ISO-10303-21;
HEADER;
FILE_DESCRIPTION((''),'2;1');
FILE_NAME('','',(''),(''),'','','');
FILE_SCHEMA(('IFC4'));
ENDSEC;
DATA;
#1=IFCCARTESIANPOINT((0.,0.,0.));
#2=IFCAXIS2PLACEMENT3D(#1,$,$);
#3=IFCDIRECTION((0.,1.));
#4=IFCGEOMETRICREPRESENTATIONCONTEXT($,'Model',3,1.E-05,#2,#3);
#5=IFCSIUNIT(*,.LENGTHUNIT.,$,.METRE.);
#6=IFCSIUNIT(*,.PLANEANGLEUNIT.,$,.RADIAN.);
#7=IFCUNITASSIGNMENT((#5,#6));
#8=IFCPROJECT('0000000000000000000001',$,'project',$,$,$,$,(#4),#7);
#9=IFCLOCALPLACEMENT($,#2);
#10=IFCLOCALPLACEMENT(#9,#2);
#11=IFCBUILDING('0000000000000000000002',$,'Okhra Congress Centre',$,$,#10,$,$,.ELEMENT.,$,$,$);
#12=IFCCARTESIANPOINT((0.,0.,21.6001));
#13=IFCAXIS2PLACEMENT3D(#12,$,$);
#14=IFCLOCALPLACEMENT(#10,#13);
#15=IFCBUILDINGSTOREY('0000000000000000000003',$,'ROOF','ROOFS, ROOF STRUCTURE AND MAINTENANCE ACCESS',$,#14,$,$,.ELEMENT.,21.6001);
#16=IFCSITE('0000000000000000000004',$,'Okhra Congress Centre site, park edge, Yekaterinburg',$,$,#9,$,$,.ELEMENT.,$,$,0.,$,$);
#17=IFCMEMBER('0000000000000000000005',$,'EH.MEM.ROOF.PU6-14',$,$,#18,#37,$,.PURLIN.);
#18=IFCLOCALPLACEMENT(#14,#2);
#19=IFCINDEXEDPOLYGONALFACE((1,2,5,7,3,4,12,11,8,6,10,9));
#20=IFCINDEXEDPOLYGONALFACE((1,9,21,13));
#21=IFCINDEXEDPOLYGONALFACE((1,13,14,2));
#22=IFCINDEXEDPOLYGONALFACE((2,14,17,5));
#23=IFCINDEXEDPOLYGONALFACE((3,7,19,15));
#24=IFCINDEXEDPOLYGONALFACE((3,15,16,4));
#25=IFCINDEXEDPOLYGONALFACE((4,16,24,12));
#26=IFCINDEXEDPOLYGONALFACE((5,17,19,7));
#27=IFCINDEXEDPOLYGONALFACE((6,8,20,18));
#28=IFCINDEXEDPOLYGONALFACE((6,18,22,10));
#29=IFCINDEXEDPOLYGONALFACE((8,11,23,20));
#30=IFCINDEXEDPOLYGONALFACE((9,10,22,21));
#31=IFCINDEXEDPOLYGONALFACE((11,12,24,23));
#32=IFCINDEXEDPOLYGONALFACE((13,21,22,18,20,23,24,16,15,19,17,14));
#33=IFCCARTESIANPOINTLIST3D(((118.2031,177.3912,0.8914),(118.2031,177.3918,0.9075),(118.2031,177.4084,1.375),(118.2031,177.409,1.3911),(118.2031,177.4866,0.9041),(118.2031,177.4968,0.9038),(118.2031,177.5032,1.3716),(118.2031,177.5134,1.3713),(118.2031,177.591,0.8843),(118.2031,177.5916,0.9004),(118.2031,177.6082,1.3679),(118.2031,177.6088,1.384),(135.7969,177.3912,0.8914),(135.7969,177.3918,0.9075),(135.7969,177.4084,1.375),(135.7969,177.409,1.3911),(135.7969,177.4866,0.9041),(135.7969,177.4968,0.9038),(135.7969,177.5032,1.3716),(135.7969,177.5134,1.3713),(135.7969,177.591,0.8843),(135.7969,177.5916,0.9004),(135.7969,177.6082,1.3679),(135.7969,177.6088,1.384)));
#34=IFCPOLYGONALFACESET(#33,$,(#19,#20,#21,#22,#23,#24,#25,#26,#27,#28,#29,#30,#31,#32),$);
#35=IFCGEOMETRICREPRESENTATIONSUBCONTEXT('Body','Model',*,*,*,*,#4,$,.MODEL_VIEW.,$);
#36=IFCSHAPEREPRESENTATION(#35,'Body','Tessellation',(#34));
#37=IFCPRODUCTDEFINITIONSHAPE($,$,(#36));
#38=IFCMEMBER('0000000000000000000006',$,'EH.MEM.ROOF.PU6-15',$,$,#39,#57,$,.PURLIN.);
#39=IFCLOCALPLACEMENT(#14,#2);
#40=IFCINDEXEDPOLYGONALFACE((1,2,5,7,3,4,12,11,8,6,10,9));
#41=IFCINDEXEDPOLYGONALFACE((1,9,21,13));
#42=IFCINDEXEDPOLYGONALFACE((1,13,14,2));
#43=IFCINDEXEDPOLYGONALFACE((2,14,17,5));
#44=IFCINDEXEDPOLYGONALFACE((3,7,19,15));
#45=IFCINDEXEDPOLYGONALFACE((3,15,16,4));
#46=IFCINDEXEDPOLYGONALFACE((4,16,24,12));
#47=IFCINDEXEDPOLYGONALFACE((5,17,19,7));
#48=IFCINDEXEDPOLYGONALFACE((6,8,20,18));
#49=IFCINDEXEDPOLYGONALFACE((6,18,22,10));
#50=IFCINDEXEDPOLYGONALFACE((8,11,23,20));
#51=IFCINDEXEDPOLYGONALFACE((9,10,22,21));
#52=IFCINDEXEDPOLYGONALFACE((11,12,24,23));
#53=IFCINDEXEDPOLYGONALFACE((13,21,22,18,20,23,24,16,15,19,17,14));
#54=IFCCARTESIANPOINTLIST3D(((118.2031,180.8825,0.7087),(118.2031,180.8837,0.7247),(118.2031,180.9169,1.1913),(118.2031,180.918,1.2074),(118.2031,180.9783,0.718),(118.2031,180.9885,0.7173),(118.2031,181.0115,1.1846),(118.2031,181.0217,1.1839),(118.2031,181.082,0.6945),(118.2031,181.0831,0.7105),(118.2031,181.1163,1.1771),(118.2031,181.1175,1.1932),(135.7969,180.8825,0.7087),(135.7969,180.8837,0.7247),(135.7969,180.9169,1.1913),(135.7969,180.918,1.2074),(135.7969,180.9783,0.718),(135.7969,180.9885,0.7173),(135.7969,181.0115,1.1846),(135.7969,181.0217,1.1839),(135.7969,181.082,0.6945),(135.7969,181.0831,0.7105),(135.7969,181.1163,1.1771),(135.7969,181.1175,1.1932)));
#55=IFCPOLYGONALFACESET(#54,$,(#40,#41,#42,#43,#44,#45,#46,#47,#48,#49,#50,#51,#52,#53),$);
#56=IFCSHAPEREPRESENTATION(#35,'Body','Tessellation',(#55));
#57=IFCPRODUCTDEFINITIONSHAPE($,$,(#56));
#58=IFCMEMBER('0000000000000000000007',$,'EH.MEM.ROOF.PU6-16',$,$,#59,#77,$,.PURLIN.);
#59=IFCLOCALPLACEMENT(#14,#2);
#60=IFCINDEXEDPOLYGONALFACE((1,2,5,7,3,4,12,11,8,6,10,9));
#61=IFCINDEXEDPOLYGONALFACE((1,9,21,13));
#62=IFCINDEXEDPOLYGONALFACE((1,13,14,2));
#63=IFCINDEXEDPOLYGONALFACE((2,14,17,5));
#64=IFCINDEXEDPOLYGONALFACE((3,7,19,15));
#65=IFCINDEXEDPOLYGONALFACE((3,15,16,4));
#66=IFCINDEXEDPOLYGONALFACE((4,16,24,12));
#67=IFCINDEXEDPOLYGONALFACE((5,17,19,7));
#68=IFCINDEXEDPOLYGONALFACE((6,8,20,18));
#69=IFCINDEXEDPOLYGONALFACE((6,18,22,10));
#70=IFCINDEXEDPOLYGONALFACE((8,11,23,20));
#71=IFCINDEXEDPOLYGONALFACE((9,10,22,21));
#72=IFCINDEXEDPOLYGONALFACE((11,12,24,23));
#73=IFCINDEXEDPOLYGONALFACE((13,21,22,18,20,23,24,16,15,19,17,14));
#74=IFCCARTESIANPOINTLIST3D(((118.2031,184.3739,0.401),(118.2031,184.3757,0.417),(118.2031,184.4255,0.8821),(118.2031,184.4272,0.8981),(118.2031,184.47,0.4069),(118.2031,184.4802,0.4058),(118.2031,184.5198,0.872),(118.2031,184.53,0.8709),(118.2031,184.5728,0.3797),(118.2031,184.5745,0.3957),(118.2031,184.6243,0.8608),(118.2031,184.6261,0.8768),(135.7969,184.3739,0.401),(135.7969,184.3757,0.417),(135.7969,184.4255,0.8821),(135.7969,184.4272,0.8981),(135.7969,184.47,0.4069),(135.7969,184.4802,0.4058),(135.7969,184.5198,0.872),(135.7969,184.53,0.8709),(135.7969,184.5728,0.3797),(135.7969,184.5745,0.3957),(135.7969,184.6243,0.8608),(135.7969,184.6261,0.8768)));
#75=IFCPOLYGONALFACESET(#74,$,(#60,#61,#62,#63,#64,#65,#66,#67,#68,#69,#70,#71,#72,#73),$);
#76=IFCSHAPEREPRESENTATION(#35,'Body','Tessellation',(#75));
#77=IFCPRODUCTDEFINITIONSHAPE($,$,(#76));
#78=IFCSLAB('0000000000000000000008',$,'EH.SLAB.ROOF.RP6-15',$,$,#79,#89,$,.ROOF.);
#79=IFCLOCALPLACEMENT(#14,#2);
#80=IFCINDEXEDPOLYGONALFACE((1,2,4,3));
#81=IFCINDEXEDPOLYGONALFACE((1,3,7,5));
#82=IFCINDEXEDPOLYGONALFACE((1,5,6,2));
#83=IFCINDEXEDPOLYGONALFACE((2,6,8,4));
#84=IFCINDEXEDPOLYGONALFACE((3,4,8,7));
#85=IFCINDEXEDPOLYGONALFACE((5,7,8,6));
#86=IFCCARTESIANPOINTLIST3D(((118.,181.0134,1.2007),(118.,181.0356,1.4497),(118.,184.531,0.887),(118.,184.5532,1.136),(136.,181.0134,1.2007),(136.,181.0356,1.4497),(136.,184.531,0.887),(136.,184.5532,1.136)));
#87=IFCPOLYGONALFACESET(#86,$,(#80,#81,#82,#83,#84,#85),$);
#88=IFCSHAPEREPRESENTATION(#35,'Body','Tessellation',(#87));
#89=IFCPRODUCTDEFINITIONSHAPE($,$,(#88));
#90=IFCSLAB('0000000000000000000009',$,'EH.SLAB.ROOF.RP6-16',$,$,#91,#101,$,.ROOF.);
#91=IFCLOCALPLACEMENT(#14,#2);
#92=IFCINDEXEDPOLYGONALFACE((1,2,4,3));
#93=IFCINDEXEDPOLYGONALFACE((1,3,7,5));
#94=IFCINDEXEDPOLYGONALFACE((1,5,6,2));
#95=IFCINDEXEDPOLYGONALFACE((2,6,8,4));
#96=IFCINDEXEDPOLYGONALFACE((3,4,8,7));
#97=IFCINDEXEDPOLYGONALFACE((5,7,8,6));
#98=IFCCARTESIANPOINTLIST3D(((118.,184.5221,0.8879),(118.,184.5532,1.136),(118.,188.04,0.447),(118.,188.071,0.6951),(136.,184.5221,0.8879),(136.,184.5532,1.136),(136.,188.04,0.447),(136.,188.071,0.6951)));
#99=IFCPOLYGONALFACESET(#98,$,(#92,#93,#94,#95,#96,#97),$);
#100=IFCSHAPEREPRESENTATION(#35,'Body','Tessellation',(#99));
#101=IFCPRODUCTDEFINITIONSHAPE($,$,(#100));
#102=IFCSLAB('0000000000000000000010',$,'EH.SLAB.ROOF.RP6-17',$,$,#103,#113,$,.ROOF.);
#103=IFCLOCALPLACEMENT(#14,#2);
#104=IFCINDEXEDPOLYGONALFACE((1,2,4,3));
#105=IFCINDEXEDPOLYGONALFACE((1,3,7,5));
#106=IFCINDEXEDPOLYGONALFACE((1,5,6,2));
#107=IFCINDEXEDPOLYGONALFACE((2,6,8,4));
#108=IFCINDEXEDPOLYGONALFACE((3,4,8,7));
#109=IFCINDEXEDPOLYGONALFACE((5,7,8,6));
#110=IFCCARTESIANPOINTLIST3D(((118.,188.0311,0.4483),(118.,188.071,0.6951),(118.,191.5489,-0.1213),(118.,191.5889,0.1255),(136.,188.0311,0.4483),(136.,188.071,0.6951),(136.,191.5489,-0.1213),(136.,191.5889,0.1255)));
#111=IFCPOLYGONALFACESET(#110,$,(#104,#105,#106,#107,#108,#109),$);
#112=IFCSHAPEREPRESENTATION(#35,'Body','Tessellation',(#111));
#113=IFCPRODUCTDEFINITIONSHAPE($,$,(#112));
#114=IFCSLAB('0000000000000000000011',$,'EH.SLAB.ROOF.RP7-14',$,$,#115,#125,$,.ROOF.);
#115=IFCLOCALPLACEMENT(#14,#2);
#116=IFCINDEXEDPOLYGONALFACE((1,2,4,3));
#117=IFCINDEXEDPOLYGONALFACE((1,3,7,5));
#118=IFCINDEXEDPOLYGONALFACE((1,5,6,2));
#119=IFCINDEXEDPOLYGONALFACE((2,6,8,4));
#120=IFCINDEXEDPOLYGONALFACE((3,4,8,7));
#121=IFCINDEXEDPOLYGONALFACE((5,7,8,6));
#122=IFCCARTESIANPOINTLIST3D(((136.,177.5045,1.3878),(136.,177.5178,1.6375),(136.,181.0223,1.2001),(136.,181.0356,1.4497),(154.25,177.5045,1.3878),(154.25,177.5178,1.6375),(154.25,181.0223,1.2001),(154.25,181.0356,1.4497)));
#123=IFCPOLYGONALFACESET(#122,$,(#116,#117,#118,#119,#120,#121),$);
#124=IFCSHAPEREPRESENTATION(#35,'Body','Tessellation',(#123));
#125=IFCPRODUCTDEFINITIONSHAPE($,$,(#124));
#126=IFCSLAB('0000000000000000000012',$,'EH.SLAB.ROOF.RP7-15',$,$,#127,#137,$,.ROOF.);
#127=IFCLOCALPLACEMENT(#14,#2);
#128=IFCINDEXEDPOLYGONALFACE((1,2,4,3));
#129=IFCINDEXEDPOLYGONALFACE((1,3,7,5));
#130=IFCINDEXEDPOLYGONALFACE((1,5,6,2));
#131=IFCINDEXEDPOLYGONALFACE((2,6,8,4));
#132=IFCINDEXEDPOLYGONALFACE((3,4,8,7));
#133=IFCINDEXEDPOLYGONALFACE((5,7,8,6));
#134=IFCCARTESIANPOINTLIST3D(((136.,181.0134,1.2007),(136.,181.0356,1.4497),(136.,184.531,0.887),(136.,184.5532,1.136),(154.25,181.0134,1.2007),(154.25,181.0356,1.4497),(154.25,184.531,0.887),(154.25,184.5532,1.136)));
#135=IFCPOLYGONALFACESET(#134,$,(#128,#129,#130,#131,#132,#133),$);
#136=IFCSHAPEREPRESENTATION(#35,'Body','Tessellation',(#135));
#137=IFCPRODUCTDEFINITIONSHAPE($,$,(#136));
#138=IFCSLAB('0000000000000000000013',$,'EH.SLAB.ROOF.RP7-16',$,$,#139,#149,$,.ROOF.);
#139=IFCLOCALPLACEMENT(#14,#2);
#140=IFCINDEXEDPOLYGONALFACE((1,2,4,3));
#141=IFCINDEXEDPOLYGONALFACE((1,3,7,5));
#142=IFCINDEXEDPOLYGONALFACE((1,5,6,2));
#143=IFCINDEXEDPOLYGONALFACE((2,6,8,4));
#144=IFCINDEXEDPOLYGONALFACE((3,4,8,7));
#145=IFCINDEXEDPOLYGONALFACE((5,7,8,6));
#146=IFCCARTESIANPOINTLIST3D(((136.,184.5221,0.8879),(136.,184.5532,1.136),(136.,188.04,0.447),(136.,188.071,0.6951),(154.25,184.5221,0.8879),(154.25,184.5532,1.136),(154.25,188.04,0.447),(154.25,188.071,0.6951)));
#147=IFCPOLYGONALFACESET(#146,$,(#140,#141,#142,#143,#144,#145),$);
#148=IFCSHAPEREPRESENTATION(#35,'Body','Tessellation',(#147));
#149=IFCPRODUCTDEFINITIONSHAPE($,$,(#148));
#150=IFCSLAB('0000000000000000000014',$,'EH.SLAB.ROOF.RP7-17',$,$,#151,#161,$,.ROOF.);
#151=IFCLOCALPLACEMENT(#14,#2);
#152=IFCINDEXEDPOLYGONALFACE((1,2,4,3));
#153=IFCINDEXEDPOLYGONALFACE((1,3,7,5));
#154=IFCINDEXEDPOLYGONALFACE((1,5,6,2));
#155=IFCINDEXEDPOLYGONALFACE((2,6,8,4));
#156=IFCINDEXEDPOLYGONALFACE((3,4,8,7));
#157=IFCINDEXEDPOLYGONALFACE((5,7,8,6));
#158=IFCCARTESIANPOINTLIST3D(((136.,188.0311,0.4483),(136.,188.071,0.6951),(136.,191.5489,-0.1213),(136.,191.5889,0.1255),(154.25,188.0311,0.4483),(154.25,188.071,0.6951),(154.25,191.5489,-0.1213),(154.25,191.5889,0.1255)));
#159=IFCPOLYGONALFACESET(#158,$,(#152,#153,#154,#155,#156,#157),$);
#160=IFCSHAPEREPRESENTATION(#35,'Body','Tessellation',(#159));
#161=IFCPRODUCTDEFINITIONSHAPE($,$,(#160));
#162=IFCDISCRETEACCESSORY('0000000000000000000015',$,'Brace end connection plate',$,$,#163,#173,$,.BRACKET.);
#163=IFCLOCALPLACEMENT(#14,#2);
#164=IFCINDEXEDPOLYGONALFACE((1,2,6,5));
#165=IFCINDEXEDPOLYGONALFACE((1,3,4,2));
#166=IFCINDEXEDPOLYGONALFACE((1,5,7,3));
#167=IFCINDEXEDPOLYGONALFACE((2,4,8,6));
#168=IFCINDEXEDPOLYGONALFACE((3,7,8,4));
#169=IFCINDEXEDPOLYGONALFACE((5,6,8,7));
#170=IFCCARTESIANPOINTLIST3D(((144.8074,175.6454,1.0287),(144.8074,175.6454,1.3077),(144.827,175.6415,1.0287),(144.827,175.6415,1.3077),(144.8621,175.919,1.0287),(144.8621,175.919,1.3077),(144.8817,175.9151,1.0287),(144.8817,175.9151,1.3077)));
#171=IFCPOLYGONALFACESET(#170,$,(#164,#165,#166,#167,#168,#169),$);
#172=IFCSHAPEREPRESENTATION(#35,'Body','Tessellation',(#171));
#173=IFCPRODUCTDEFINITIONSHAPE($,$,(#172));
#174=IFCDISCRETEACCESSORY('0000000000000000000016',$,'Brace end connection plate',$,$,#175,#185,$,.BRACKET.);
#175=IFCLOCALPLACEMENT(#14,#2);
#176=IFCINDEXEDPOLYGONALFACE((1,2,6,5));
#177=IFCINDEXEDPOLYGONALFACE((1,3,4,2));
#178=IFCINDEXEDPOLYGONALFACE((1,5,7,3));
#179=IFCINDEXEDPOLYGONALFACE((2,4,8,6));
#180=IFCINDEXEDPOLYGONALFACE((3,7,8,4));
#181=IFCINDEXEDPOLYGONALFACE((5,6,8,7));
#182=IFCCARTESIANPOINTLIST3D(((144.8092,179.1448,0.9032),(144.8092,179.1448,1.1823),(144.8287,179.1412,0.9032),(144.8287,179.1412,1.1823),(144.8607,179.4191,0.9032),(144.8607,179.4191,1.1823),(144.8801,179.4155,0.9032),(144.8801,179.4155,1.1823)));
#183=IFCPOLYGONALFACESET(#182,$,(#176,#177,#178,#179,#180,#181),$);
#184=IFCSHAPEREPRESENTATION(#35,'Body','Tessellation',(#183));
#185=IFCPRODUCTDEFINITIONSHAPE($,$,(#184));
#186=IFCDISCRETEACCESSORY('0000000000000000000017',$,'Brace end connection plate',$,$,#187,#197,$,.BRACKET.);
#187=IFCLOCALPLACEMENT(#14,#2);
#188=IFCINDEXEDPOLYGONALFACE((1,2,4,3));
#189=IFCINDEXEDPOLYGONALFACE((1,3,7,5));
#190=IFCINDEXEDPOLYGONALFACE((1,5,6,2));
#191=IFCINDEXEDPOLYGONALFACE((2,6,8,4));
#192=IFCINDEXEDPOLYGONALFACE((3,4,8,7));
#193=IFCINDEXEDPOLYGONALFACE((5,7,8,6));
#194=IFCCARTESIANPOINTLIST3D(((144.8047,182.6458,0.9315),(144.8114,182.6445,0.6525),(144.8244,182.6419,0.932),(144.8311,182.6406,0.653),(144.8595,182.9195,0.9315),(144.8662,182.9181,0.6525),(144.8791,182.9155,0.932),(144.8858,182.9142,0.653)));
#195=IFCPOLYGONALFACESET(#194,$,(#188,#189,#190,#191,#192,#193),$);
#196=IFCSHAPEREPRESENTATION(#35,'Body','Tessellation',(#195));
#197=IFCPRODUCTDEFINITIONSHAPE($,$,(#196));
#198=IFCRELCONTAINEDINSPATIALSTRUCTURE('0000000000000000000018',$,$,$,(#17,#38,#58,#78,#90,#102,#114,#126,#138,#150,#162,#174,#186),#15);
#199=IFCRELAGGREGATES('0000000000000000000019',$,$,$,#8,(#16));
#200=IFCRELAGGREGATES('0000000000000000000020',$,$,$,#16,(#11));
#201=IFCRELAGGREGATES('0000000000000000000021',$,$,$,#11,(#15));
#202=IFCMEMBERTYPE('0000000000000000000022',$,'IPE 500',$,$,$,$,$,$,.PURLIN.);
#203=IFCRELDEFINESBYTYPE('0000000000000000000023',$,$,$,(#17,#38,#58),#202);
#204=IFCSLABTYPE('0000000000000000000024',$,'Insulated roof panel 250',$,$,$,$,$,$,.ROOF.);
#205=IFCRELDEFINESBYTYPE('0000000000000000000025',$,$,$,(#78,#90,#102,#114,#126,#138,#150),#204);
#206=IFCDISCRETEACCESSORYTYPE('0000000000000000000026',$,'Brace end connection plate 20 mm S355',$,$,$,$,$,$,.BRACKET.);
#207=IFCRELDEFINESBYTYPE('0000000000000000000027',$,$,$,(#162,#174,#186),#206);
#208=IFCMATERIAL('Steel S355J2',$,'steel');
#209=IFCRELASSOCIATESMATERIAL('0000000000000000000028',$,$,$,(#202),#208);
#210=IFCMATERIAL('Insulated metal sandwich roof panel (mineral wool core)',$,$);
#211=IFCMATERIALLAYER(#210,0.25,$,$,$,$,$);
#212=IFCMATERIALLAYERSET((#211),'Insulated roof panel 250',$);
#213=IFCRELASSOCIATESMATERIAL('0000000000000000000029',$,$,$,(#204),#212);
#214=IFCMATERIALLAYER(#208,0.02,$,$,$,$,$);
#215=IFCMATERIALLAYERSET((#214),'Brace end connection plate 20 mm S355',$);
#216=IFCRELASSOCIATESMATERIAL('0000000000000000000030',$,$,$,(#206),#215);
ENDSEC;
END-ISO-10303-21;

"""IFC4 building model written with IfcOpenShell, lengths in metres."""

from ifc_helpers import new_model, si_unit, direction, frame, origin, origin_2d, place, context, subcontext, project, spatial, polyline, rectangle, i_section, outline, extrude, material, layer, layer_set, material_profile, profile_set, type_object, element, save


model = new_model("IFC4")

# Units and contexts
model_context = context("Model", 3, precision=1e-05, world=origin(), true_north=direction((0.0, 1.0)))
body_context = subcontext(model_context, "Body", "Model", "MODEL_VIEW")
ifc_project = project(units=[si_unit("LENGTHUNIT", "METRE"), si_unit("PLANEANGLEUNIT", "RADIAN")], contexts=[model_context])

# Site, building, storey
site_placement = place(None, origin())
site = spatial("IfcSite", under=ifc_project, at=site_placement, Name="Okhra Congress Centre site, park edge, Yekaterinburg", CompositionType="ELEMENT", RefElevation=0.0)
building_placement = place(site_placement, origin())
building = spatial("IfcBuilding", under=site, at=building_placement, Name="Okhra Congress Centre", CompositionType="ELEMENT")
storey_placement = place(building_placement, frame((0.0, 0.0, 21.6001)))
storey = spatial("IfcBuildingStorey", under=building, at=storey_placement, Name="ROOF", Description="ROOFS, ROOF STRUCTURE AND MAINTENANCE ACCESS", CompositionType="ELEMENT", Elevation=21.6001)

# Members
ifc_material_1 = material(Name="Steel S355J2", Category="steel")
ifc_material_profile_1 = material_profile(ifc_material_1, i_section(OverallWidth=0.2, OverallDepth=0.5, WebThickness=0.0103, FlangeThickness=0.0161, at=origin_2d()), Name="IPE 500")
ifc_profile_set_1 = profile_set([ifc_material_profile_1], Name="Steel S355J2")
member_type_1 = type_object("IfcMemberType", Name="IPE 500", PredefinedType="PURLIN", material=ifc_profile_set_1)
for number, where, z_axis, x_axis, name in (
    (1, (118.2031, 177.5, 1.1377), (1.0, 0.0, 0.0), (0.0, 0.999368, -0.035533), "EH.MEM.ROOF.PU6-14"),
    (2, (118.2031, 181.0, 0.9509), (1.0, 0.0, 0.0), (0.0, 0.997472, -0.071067), "EH.MEM.ROOF.PU6-15"),
    (3, (118.2031, 184.5, 0.6389), (1.0, 0.0, 0.0), (0.0, 0.994302, -0.106601), "EH.MEM.ROOF.PU6-16"),
):
    element("IfcMember", number, at=place(storey_placement, frame(where, z_axis=z_axis, x_axis=x_axis)), inside=storey, type_object=member_type_1, Name=name, PredefinedType="PURLIN", context=body_context, shape_type="SweptSolid", body=[
        extrude(i_section(OverallWidth=0.2, OverallDepth=0.5, WebThickness=0.0103, FlangeThickness=0.0161, at=origin_2d()), origin(), (0.0, 0.0, 1.0), 17.5938),
    ])

# Slabs
ifc_material_2 = material(Name="Insulated metal sandwich roof panel (mineral wool core)")
ifc_layer_1 = layer(ifc_material_2, 0.25)
ifc_layer_set_1 = layer_set([ifc_layer_1], Name="Insulated roof panel 250")
slab_type = type_object("IfcSlabType", Name="Insulated roof panel 250", PredefinedType="ROOF", material=ifc_layer_set_1)
slab_1_placement = place(storey_placement, frame((118.0, 181.0356, 1.4497), z_axis=(0.0, 0.088834, 0.996046), x_axis=(1.0, 0.0, 0.0)))
element("IfcSlab", 4, at=slab_1_placement, inside=storey, type_object=slab_type, Name="EH.SLAB.ROOF.RP6-15", PredefinedType="ROOF", context=body_context, shape_type="SweptSolid", body=[
    extrude(outline(polyline([(0.0, 0.0), (18.0, 0.0), (18.0, 3.5315), (0.0, 3.5315), (0.0, 0.0)])), origin(), (0.0, 0.0, -1.0), 0.25),
])
slab_2_placement = place(storey_placement, frame((118.0, 184.5532, 1.136), z_axis=(0.0, 0.124365, 0.992237), x_axis=(1.0, 0.0, 0.0)))
element("IfcSlab", 5, at=slab_2_placement, inside=storey, type_object=slab_type, Name="EH.SLAB.ROOF.RP6-16", PredefinedType="ROOF", context=body_context, shape_type="SweptSolid", body=[
    extrude(outline(polyline([(0.0, 0.0), (18.0, 0.0), (18.0, 3.5453), (0.0, 3.5453), (0.0, 0.0)])), origin(), (0.0, 0.0, -1.0), 0.25),
])
slab_3_placement = place(storey_placement, frame((118.0, 188.071, 0.6951), z_axis=(0.0, 0.159831, 0.987144), x_axis=(1.0, 0.0, 0.0)))
element("IfcSlab", 6, at=slab_3_placement, inside=storey, type_object=slab_type, Name="EH.SLAB.ROOF.RP6-17", PredefinedType="ROOF", context=body_context, shape_type="SweptSolid", body=[
    extrude(outline(polyline([(0.0, 0.0), (18.0, 0.0), (18.0, 3.5636), (0.0, 3.5636), (0.0, 0.0)])), origin(), (0.0, 0.0, -1.0), 0.25),
])
slab_4_placement = place(storey_placement, frame((136.0, 177.5178, 1.6375), z_axis=(0.0, 0.053294, 0.998579), x_axis=(1.0, 0.0, 0.0)))
element("IfcSlab", 7, at=slab_4_placement, inside=storey, type_object=slab_type, Name="EH.SLAB.ROOF.RP7-14", PredefinedType="ROOF", context=body_context, shape_type="SweptSolid", body=[
    extrude(outline(polyline([(0.0, 0.0), (18.25, 0.0), (18.25, 3.5228), (0.0, 3.5228), (0.0, 0.0)])), origin(), (0.0, 0.0, -1.0), 0.25),
])
slab_5_placement = place(storey_placement, frame((136.0, 181.0356, 1.4497), z_axis=(0.0, 0.088834, 0.996046), x_axis=(1.0, 0.0, 0.0)))
element("IfcSlab", 8, at=slab_5_placement, inside=storey, type_object=slab_type, Name="EH.SLAB.ROOF.RP7-15", PredefinedType="ROOF", context=body_context, shape_type="SweptSolid", body=[
    extrude(outline(polyline([(0.0, 0.0), (18.25, 0.0), (18.25, 3.5315), (0.0, 3.5315), (0.0, 0.0)])), origin(), (0.0, 0.0, -1.0), 0.25),
])
slab_6_placement = place(storey_placement, frame((136.0, 184.5532, 1.136), z_axis=(0.0, 0.124365, 0.992237), x_axis=(1.0, 0.0, 0.0)))
element("IfcSlab", 9, at=slab_6_placement, inside=storey, type_object=slab_type, Name="EH.SLAB.ROOF.RP7-16", PredefinedType="ROOF", context=body_context, shape_type="SweptSolid", body=[
    extrude(outline(polyline([(0.0, 0.0), (18.25, 0.0), (18.25, 3.5453), (0.0, 3.5453), (0.0, 0.0)])), origin(), (0.0, 0.0, -1.0), 0.25),
])
slab_7_placement = place(storey_placement, frame((136.0, 188.071, 0.6951), z_axis=(0.0, 0.159831, 0.987144), x_axis=(1.0, 0.0, 0.0)))
element("IfcSlab", 10, at=slab_7_placement, inside=storey, type_object=slab_type, Name="EH.SLAB.ROOF.RP7-17", PredefinedType="ROOF", context=body_context, shape_type="SweptSolid", body=[
    extrude(outline(polyline([(0.0, 0.0), (18.25, 0.0), (18.25, 3.5636), (0.0, 3.5636), (0.0, 0.0)])), origin(), (0.0, 0.0, -1.0), 0.25),
])

# Discrete accessories
ifc_layer_2 = layer(ifc_material_1, 0.02)
ifc_layer_set_2 = layer_set([ifc_layer_2], Name="Brace end connection plate 20 mm S355")
discrete_accessory_type_1 = type_object("IfcDiscreteAccessoryType", Name="Brace end connection plate 20 mm S355", PredefinedType="BRACKET", material=ifc_layer_set_2)
discrete_accessory_1_placement = place(storey_placement, frame((144.8347, 175.7822, 1.1682), z_axis=(0.980581, -0.196116, 0.0), x_axis=(0.196116, 0.980581, 0.0)))
element("IfcDiscreteAccessory", 11, at=discrete_accessory_1_placement, inside=storey, type_object=discrete_accessory_type_1, Name="Brace end connection plate", PredefinedType="BRACKET", context=body_context, shape_type="SweptSolid", body=[
    extrude(rectangle(XDim=0.2791, YDim=0.2791, at=origin_2d()), origin(), (0.0, 0.0, 1.0), 0.02),
])
discrete_accessory_2_placement = place(storey_placement, frame((144.835, 179.282, 1.0427), z_axis=(0.982872, -0.184289, 0.0), x_axis=(0.184289, 0.982872, 0.0)))
element("IfcDiscreteAccessory", 12, at=discrete_accessory_2_placement, inside=storey, type_object=discrete_accessory_type_1, Name="Brace end connection plate", PredefinedType="BRACKET", context=body_context, shape_type="SweptSolid", body=[
    extrude(rectangle(XDim=0.2791, YDim=0.2791, at=origin_2d()), origin(), (0.0, 0.0, 1.0), 0.0198),
])
discrete_accessory_3_placement = place(storey_placement, frame((144.8354, 182.782, 0.792), z_axis=(0.980286, -0.196057, 0.024507), x_axis=(0.196116, 0.980581, 0.0)))
element("IfcDiscreteAccessory", 13, at=discrete_accessory_3_placement, inside=storey, type_object=discrete_accessory_type_1, Name="Brace end connection plate", PredefinedType="BRACKET", context=body_context, shape_type="SweptSolid", body=[
    extrude(rectangle(XDim=0.2791, YDim=0.2791, at=origin_2d()), origin(), (0.0, 0.0, 1.0), 0.02),
])

save(model, "model.ifc")
